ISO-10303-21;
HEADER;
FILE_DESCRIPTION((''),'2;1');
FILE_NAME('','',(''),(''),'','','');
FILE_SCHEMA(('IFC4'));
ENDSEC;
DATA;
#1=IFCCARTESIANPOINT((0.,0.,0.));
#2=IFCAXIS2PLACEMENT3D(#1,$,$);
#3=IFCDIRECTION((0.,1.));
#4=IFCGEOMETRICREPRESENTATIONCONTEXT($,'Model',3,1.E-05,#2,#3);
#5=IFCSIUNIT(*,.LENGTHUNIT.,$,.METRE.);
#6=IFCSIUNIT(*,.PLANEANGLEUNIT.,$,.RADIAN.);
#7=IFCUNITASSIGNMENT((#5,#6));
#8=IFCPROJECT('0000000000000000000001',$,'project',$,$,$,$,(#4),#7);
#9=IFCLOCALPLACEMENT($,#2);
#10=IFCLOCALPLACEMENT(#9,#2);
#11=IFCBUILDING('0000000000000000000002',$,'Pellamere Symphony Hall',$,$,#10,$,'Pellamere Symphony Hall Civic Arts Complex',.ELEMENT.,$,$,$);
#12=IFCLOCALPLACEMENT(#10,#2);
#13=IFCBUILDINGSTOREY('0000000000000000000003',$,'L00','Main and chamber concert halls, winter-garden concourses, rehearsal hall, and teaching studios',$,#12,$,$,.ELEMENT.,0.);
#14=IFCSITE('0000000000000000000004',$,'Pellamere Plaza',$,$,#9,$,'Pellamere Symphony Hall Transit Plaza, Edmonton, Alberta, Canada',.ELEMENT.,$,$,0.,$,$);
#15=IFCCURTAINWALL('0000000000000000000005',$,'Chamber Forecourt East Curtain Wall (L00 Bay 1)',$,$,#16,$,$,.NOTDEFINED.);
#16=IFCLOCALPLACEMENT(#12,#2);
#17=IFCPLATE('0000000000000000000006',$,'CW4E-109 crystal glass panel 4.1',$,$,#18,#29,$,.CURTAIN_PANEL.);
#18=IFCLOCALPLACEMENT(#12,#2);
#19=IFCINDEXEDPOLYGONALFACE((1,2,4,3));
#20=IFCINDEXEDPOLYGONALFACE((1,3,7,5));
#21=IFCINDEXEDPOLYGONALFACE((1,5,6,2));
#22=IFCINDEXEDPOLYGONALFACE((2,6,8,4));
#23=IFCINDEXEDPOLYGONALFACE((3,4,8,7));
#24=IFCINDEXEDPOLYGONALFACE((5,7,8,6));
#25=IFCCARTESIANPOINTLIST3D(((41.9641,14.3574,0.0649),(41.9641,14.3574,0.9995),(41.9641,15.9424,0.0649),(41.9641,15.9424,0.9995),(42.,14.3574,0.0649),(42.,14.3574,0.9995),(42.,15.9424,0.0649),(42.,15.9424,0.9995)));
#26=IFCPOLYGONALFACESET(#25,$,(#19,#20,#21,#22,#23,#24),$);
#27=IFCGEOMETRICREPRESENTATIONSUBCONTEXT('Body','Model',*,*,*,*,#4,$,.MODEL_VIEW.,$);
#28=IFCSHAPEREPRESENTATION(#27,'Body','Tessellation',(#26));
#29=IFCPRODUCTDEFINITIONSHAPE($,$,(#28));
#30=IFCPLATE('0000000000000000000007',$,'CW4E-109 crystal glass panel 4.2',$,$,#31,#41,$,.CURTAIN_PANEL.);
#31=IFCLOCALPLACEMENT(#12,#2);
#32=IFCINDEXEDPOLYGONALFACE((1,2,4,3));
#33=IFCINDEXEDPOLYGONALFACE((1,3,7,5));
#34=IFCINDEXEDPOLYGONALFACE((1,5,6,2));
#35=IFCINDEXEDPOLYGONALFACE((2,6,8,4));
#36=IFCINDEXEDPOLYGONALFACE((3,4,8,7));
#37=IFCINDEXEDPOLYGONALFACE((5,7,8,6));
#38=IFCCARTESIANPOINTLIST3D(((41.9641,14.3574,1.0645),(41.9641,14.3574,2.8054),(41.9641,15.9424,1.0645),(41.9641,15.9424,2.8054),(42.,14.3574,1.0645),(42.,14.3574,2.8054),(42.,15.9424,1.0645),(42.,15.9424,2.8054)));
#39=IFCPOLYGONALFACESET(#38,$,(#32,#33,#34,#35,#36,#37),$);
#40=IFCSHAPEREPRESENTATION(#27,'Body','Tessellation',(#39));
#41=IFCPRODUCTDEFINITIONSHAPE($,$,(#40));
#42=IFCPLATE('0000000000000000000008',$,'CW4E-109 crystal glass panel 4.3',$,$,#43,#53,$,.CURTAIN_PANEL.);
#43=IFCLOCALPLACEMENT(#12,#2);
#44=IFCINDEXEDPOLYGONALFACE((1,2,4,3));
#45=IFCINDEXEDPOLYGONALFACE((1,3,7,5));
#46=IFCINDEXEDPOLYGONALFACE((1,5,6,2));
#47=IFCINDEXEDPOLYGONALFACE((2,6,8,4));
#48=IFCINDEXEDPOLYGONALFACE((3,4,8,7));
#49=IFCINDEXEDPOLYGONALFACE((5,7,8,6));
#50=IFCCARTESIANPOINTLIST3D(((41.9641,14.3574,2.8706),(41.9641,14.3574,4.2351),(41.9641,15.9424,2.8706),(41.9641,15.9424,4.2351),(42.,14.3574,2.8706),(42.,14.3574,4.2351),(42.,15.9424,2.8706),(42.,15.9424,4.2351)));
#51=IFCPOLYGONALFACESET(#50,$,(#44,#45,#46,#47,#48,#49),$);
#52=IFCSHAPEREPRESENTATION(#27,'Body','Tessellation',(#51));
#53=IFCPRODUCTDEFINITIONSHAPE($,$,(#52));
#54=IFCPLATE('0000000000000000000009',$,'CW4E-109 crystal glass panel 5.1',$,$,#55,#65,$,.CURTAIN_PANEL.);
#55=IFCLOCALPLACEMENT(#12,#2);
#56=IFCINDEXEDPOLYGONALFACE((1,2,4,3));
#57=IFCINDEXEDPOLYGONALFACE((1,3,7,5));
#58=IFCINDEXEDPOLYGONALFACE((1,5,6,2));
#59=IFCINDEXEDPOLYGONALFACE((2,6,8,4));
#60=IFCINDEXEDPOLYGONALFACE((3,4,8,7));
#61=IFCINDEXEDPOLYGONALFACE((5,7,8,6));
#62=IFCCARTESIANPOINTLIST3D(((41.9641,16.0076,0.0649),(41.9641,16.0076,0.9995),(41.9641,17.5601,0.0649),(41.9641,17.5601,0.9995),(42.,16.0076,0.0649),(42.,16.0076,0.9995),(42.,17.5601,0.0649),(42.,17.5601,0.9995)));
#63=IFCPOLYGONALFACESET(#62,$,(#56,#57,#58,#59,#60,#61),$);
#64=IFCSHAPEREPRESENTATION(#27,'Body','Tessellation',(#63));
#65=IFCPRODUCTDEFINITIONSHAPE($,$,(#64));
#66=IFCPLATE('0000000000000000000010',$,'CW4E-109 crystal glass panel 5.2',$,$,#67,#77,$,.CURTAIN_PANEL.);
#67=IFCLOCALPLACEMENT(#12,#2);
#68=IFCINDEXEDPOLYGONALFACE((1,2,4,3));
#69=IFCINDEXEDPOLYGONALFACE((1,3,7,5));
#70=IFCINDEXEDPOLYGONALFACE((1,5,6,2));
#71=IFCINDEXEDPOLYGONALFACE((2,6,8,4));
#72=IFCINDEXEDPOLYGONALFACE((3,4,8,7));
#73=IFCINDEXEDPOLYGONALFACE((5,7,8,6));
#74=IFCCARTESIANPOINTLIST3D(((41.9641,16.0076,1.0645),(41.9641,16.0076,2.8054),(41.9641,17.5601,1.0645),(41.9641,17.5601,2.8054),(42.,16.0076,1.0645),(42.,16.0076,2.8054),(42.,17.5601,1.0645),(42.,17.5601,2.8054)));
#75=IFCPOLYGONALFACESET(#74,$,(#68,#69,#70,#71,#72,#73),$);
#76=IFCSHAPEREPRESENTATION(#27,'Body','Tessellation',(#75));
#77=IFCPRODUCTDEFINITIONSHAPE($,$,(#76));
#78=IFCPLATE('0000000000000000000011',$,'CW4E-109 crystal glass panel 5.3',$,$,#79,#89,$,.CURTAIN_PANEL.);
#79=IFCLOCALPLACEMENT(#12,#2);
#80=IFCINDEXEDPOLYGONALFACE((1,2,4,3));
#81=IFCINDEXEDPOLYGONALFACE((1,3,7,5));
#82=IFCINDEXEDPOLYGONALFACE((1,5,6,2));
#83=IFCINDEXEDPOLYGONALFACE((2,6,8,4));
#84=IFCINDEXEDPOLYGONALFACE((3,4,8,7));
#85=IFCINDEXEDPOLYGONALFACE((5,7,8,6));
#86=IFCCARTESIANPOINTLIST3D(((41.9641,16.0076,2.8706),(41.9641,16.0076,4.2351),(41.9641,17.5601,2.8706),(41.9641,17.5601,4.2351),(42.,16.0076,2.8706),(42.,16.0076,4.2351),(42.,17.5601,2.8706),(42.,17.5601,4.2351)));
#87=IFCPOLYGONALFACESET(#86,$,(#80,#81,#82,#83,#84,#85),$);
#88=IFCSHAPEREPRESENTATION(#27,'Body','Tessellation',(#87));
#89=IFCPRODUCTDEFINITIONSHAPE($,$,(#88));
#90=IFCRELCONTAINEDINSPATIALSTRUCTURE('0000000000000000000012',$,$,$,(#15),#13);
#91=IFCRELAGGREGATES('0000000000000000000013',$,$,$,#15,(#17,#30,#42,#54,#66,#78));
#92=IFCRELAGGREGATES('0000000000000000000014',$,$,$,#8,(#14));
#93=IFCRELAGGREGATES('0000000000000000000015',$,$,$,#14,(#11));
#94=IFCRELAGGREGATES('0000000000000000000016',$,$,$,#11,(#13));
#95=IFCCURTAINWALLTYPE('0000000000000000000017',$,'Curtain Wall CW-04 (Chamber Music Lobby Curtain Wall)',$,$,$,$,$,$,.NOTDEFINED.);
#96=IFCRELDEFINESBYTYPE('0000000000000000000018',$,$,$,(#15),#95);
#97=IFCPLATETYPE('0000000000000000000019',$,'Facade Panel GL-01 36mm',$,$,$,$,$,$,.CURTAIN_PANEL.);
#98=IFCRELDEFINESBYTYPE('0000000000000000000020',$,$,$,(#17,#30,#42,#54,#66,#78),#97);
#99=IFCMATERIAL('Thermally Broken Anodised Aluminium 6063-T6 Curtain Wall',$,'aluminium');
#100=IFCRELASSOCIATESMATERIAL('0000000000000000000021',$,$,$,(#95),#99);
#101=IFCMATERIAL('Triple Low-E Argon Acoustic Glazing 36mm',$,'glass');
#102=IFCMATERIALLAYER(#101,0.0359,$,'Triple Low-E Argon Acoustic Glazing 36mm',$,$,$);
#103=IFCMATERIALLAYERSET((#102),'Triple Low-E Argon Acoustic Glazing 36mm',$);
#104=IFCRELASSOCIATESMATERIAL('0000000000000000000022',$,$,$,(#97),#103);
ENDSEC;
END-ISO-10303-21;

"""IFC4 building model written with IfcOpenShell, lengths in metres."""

from ifc_helpers import new_model, si_unit, direction, frame, origin, place, context, subcontext, project, spatial, polyline, outline, extrude, material, layer, layer_set, type_object, element, aggregate, save


model = new_model("IFC4")

# Units and contexts
model_context = context("Model", 3, precision=1e-05, world=origin(), true_north=direction((0.0, 1.0)))
body_context = subcontext(model_context, "Body", "Model", "MODEL_VIEW")
ifc_project = project(units=[si_unit("LENGTHUNIT", "METRE"), si_unit("PLANEANGLEUNIT", "RADIAN")], contexts=[model_context])

# Site, building, storey
site_placement = place(None, origin())
site = spatial("IfcSite", under=ifc_project, at=site_placement, Name="Pellamere Plaza", LongName="Pellamere Symphony Hall Transit Plaza, Edmonton, Alberta, Canada", CompositionType="ELEMENT", RefElevation=0.0)
building_placement = place(site_placement, origin())
building = spatial("IfcBuilding", under=site, at=building_placement, Name="Pellamere Symphony Hall", LongName="Pellamere Symphony Hall Civic Arts Complex", CompositionType="ELEMENT")
storey_placement = place(building_placement, origin())
storey = spatial("IfcBuildingStorey", under=building, at=storey_placement, Name="L00", Description="Main and chamber concert halls, winter-garden concourses, rehearsal hall, and teaching studios", CompositionType="ELEMENT", Elevation=0.0)

# Curtain wall
ifc_material_1 = material(Name="Thermally Broken Anodised Aluminium 6063-T6 Curtain Wall", Category="aluminium")
curtain_wall_type = type_object("IfcCurtainWallType", Name="Curtain Wall CW-04 (Chamber Music Lobby Curtain Wall)", PredefinedType="NOTDEFINED", material=ifc_material_1)
curtain_wall_placement = place(storey_placement, origin())
curtain_wall = element("IfcCurtainWall", 1, at=curtain_wall_placement, inside=storey, type_object=curtain_wall_type, Name="Chamber Forecourt East Curtain Wall (L00 Bay 1)", PredefinedType="NOTDEFINED")

# Plates
ifc_material_2 = material(Name="Triple Low-E Argon Acoustic Glazing 36mm", Category="glass")
ifc_layer = layer(ifc_material_2, 0.0359, Name="Triple Low-E Argon Acoustic Glazing 36mm")
ifc_layer_set = layer_set([ifc_layer], Name="Triple Low-E Argon Acoustic Glazing 36mm")
plate_type = type_object("IfcPlateType", Name="Facade Panel GL-01 36mm", PredefinedType="CURTAIN_PANEL", material=ifc_layer_set)
plate_1_placement = place(storey_placement, frame((42.0, 14.3574, 0.0649), z_axis=(1.0, 0.0, 0.0), x_axis=(0.0, 1.0, 0.0)))
plate_1 = element("IfcPlate", 2, at=plate_1_placement, type_object=plate_type, Name="CW4E-109 crystal glass panel 4.1", PredefinedType="CURTAIN_PANEL", context=body_context, shape_type="SweptSolid", body=[
    extrude(outline(polyline([(0.0, 0.0), (1.585, 0.0), (1.585, 0.9346), (0.0, 0.9346), (0.0, 0.0)])), origin(), (0.0, 0.0, -1.0), 0.0359),
])
plate_2_placement = place(storey_placement, frame((42.0, 14.3574, 1.0645), z_axis=(1.0, 0.0, 0.0), x_axis=(0.0, 1.0, 0.0)))
plate_2 = element("IfcPlate", 3, at=plate_2_placement, type_object=plate_type, Name="CW4E-109 crystal glass panel 4.2", PredefinedType="CURTAIN_PANEL", context=body_context, shape_type="SweptSolid", body=[
    extrude(outline(polyline([(0.0, 0.0), (1.585, 0.0), (1.585, 1.741), (0.0, 1.741), (0.0, 0.0)])), origin(), (0.0, 0.0, -1.0), 0.0359),
])
plate_3_placement = place(storey_placement, frame((42.0, 14.3574, 2.8706), z_axis=(1.0, 0.0, 0.0), x_axis=(0.0, 1.0, 0.0)))
plate_3 = element("IfcPlate", 4, at=plate_3_placement, type_object=plate_type, Name="CW4E-109 crystal glass panel 4.3", PredefinedType="CURTAIN_PANEL", context=body_context, shape_type="SweptSolid", body=[
    extrude(outline(polyline([(0.0, 0.0), (1.585, 0.0), (1.585, 1.3645), (0.0, 1.3645), (0.0, 0.0)])), origin(), (0.0, 0.0, -1.0), 0.0359),
])
plate_4_placement = place(storey_placement, frame((42.0, 16.0076, 0.0649), z_axis=(1.0, 0.0, 0.0), x_axis=(0.0, 1.0, 0.0)))
plate_4 = element("IfcPlate", 5, at=plate_4_placement, type_object=plate_type, Name="CW4E-109 crystal glass panel 5.1", PredefinedType="CURTAIN_PANEL", context=body_context, shape_type="SweptSolid", body=[
    extrude(outline(polyline([(0.0, 0.0), (1.5525, 0.0), (1.5525, 0.9346), (0.0, 0.9346), (0.0, 0.0)])), origin(), (0.0, 0.0, -1.0), 0.0359),
])
plate_5_placement = place(storey_placement, frame((42.0, 16.0076, 1.0645), z_axis=(1.0, 0.0, 0.0), x_axis=(0.0, 1.0, 0.0)))
plate_5 = element("IfcPlate", 6, at=plate_5_placement, type_object=plate_type, Name="CW4E-109 crystal glass panel 5.2", PredefinedType="CURTAIN_PANEL", context=body_context, shape_type="SweptSolid", body=[
    extrude(outline(polyline([(0.0, 0.0), (1.5525, 0.0), (1.5525, 1.741), (0.0, 1.741), (0.0, 0.0)])), origin(), (0.0, 0.0, -1.0), 0.0359),
])
plate_6_placement = place(storey_placement, frame((42.0, 16.0076, 2.8706), z_axis=(1.0, 0.0, 0.0), x_axis=(0.0, 1.0, 0.0)))
plate_6 = element("IfcPlate", 7, at=plate_6_placement, type_object=plate_type, Name="CW4E-109 crystal glass panel 5.3", PredefinedType="CURTAIN_PANEL", context=body_context, shape_type="SweptSolid", body=[
    extrude(outline(polyline([(0.0, 0.0), (1.5525, 0.0), (1.5525, 1.3645), (0.0, 1.3645), (0.0, 0.0)])), origin(), (0.0, 0.0, -1.0), 0.0359),
])
aggregate(curtain_wall, [plate_1, plate_2, plate_3, plate_4, plate_5, plate_6])

save(model, "model.ifc")
